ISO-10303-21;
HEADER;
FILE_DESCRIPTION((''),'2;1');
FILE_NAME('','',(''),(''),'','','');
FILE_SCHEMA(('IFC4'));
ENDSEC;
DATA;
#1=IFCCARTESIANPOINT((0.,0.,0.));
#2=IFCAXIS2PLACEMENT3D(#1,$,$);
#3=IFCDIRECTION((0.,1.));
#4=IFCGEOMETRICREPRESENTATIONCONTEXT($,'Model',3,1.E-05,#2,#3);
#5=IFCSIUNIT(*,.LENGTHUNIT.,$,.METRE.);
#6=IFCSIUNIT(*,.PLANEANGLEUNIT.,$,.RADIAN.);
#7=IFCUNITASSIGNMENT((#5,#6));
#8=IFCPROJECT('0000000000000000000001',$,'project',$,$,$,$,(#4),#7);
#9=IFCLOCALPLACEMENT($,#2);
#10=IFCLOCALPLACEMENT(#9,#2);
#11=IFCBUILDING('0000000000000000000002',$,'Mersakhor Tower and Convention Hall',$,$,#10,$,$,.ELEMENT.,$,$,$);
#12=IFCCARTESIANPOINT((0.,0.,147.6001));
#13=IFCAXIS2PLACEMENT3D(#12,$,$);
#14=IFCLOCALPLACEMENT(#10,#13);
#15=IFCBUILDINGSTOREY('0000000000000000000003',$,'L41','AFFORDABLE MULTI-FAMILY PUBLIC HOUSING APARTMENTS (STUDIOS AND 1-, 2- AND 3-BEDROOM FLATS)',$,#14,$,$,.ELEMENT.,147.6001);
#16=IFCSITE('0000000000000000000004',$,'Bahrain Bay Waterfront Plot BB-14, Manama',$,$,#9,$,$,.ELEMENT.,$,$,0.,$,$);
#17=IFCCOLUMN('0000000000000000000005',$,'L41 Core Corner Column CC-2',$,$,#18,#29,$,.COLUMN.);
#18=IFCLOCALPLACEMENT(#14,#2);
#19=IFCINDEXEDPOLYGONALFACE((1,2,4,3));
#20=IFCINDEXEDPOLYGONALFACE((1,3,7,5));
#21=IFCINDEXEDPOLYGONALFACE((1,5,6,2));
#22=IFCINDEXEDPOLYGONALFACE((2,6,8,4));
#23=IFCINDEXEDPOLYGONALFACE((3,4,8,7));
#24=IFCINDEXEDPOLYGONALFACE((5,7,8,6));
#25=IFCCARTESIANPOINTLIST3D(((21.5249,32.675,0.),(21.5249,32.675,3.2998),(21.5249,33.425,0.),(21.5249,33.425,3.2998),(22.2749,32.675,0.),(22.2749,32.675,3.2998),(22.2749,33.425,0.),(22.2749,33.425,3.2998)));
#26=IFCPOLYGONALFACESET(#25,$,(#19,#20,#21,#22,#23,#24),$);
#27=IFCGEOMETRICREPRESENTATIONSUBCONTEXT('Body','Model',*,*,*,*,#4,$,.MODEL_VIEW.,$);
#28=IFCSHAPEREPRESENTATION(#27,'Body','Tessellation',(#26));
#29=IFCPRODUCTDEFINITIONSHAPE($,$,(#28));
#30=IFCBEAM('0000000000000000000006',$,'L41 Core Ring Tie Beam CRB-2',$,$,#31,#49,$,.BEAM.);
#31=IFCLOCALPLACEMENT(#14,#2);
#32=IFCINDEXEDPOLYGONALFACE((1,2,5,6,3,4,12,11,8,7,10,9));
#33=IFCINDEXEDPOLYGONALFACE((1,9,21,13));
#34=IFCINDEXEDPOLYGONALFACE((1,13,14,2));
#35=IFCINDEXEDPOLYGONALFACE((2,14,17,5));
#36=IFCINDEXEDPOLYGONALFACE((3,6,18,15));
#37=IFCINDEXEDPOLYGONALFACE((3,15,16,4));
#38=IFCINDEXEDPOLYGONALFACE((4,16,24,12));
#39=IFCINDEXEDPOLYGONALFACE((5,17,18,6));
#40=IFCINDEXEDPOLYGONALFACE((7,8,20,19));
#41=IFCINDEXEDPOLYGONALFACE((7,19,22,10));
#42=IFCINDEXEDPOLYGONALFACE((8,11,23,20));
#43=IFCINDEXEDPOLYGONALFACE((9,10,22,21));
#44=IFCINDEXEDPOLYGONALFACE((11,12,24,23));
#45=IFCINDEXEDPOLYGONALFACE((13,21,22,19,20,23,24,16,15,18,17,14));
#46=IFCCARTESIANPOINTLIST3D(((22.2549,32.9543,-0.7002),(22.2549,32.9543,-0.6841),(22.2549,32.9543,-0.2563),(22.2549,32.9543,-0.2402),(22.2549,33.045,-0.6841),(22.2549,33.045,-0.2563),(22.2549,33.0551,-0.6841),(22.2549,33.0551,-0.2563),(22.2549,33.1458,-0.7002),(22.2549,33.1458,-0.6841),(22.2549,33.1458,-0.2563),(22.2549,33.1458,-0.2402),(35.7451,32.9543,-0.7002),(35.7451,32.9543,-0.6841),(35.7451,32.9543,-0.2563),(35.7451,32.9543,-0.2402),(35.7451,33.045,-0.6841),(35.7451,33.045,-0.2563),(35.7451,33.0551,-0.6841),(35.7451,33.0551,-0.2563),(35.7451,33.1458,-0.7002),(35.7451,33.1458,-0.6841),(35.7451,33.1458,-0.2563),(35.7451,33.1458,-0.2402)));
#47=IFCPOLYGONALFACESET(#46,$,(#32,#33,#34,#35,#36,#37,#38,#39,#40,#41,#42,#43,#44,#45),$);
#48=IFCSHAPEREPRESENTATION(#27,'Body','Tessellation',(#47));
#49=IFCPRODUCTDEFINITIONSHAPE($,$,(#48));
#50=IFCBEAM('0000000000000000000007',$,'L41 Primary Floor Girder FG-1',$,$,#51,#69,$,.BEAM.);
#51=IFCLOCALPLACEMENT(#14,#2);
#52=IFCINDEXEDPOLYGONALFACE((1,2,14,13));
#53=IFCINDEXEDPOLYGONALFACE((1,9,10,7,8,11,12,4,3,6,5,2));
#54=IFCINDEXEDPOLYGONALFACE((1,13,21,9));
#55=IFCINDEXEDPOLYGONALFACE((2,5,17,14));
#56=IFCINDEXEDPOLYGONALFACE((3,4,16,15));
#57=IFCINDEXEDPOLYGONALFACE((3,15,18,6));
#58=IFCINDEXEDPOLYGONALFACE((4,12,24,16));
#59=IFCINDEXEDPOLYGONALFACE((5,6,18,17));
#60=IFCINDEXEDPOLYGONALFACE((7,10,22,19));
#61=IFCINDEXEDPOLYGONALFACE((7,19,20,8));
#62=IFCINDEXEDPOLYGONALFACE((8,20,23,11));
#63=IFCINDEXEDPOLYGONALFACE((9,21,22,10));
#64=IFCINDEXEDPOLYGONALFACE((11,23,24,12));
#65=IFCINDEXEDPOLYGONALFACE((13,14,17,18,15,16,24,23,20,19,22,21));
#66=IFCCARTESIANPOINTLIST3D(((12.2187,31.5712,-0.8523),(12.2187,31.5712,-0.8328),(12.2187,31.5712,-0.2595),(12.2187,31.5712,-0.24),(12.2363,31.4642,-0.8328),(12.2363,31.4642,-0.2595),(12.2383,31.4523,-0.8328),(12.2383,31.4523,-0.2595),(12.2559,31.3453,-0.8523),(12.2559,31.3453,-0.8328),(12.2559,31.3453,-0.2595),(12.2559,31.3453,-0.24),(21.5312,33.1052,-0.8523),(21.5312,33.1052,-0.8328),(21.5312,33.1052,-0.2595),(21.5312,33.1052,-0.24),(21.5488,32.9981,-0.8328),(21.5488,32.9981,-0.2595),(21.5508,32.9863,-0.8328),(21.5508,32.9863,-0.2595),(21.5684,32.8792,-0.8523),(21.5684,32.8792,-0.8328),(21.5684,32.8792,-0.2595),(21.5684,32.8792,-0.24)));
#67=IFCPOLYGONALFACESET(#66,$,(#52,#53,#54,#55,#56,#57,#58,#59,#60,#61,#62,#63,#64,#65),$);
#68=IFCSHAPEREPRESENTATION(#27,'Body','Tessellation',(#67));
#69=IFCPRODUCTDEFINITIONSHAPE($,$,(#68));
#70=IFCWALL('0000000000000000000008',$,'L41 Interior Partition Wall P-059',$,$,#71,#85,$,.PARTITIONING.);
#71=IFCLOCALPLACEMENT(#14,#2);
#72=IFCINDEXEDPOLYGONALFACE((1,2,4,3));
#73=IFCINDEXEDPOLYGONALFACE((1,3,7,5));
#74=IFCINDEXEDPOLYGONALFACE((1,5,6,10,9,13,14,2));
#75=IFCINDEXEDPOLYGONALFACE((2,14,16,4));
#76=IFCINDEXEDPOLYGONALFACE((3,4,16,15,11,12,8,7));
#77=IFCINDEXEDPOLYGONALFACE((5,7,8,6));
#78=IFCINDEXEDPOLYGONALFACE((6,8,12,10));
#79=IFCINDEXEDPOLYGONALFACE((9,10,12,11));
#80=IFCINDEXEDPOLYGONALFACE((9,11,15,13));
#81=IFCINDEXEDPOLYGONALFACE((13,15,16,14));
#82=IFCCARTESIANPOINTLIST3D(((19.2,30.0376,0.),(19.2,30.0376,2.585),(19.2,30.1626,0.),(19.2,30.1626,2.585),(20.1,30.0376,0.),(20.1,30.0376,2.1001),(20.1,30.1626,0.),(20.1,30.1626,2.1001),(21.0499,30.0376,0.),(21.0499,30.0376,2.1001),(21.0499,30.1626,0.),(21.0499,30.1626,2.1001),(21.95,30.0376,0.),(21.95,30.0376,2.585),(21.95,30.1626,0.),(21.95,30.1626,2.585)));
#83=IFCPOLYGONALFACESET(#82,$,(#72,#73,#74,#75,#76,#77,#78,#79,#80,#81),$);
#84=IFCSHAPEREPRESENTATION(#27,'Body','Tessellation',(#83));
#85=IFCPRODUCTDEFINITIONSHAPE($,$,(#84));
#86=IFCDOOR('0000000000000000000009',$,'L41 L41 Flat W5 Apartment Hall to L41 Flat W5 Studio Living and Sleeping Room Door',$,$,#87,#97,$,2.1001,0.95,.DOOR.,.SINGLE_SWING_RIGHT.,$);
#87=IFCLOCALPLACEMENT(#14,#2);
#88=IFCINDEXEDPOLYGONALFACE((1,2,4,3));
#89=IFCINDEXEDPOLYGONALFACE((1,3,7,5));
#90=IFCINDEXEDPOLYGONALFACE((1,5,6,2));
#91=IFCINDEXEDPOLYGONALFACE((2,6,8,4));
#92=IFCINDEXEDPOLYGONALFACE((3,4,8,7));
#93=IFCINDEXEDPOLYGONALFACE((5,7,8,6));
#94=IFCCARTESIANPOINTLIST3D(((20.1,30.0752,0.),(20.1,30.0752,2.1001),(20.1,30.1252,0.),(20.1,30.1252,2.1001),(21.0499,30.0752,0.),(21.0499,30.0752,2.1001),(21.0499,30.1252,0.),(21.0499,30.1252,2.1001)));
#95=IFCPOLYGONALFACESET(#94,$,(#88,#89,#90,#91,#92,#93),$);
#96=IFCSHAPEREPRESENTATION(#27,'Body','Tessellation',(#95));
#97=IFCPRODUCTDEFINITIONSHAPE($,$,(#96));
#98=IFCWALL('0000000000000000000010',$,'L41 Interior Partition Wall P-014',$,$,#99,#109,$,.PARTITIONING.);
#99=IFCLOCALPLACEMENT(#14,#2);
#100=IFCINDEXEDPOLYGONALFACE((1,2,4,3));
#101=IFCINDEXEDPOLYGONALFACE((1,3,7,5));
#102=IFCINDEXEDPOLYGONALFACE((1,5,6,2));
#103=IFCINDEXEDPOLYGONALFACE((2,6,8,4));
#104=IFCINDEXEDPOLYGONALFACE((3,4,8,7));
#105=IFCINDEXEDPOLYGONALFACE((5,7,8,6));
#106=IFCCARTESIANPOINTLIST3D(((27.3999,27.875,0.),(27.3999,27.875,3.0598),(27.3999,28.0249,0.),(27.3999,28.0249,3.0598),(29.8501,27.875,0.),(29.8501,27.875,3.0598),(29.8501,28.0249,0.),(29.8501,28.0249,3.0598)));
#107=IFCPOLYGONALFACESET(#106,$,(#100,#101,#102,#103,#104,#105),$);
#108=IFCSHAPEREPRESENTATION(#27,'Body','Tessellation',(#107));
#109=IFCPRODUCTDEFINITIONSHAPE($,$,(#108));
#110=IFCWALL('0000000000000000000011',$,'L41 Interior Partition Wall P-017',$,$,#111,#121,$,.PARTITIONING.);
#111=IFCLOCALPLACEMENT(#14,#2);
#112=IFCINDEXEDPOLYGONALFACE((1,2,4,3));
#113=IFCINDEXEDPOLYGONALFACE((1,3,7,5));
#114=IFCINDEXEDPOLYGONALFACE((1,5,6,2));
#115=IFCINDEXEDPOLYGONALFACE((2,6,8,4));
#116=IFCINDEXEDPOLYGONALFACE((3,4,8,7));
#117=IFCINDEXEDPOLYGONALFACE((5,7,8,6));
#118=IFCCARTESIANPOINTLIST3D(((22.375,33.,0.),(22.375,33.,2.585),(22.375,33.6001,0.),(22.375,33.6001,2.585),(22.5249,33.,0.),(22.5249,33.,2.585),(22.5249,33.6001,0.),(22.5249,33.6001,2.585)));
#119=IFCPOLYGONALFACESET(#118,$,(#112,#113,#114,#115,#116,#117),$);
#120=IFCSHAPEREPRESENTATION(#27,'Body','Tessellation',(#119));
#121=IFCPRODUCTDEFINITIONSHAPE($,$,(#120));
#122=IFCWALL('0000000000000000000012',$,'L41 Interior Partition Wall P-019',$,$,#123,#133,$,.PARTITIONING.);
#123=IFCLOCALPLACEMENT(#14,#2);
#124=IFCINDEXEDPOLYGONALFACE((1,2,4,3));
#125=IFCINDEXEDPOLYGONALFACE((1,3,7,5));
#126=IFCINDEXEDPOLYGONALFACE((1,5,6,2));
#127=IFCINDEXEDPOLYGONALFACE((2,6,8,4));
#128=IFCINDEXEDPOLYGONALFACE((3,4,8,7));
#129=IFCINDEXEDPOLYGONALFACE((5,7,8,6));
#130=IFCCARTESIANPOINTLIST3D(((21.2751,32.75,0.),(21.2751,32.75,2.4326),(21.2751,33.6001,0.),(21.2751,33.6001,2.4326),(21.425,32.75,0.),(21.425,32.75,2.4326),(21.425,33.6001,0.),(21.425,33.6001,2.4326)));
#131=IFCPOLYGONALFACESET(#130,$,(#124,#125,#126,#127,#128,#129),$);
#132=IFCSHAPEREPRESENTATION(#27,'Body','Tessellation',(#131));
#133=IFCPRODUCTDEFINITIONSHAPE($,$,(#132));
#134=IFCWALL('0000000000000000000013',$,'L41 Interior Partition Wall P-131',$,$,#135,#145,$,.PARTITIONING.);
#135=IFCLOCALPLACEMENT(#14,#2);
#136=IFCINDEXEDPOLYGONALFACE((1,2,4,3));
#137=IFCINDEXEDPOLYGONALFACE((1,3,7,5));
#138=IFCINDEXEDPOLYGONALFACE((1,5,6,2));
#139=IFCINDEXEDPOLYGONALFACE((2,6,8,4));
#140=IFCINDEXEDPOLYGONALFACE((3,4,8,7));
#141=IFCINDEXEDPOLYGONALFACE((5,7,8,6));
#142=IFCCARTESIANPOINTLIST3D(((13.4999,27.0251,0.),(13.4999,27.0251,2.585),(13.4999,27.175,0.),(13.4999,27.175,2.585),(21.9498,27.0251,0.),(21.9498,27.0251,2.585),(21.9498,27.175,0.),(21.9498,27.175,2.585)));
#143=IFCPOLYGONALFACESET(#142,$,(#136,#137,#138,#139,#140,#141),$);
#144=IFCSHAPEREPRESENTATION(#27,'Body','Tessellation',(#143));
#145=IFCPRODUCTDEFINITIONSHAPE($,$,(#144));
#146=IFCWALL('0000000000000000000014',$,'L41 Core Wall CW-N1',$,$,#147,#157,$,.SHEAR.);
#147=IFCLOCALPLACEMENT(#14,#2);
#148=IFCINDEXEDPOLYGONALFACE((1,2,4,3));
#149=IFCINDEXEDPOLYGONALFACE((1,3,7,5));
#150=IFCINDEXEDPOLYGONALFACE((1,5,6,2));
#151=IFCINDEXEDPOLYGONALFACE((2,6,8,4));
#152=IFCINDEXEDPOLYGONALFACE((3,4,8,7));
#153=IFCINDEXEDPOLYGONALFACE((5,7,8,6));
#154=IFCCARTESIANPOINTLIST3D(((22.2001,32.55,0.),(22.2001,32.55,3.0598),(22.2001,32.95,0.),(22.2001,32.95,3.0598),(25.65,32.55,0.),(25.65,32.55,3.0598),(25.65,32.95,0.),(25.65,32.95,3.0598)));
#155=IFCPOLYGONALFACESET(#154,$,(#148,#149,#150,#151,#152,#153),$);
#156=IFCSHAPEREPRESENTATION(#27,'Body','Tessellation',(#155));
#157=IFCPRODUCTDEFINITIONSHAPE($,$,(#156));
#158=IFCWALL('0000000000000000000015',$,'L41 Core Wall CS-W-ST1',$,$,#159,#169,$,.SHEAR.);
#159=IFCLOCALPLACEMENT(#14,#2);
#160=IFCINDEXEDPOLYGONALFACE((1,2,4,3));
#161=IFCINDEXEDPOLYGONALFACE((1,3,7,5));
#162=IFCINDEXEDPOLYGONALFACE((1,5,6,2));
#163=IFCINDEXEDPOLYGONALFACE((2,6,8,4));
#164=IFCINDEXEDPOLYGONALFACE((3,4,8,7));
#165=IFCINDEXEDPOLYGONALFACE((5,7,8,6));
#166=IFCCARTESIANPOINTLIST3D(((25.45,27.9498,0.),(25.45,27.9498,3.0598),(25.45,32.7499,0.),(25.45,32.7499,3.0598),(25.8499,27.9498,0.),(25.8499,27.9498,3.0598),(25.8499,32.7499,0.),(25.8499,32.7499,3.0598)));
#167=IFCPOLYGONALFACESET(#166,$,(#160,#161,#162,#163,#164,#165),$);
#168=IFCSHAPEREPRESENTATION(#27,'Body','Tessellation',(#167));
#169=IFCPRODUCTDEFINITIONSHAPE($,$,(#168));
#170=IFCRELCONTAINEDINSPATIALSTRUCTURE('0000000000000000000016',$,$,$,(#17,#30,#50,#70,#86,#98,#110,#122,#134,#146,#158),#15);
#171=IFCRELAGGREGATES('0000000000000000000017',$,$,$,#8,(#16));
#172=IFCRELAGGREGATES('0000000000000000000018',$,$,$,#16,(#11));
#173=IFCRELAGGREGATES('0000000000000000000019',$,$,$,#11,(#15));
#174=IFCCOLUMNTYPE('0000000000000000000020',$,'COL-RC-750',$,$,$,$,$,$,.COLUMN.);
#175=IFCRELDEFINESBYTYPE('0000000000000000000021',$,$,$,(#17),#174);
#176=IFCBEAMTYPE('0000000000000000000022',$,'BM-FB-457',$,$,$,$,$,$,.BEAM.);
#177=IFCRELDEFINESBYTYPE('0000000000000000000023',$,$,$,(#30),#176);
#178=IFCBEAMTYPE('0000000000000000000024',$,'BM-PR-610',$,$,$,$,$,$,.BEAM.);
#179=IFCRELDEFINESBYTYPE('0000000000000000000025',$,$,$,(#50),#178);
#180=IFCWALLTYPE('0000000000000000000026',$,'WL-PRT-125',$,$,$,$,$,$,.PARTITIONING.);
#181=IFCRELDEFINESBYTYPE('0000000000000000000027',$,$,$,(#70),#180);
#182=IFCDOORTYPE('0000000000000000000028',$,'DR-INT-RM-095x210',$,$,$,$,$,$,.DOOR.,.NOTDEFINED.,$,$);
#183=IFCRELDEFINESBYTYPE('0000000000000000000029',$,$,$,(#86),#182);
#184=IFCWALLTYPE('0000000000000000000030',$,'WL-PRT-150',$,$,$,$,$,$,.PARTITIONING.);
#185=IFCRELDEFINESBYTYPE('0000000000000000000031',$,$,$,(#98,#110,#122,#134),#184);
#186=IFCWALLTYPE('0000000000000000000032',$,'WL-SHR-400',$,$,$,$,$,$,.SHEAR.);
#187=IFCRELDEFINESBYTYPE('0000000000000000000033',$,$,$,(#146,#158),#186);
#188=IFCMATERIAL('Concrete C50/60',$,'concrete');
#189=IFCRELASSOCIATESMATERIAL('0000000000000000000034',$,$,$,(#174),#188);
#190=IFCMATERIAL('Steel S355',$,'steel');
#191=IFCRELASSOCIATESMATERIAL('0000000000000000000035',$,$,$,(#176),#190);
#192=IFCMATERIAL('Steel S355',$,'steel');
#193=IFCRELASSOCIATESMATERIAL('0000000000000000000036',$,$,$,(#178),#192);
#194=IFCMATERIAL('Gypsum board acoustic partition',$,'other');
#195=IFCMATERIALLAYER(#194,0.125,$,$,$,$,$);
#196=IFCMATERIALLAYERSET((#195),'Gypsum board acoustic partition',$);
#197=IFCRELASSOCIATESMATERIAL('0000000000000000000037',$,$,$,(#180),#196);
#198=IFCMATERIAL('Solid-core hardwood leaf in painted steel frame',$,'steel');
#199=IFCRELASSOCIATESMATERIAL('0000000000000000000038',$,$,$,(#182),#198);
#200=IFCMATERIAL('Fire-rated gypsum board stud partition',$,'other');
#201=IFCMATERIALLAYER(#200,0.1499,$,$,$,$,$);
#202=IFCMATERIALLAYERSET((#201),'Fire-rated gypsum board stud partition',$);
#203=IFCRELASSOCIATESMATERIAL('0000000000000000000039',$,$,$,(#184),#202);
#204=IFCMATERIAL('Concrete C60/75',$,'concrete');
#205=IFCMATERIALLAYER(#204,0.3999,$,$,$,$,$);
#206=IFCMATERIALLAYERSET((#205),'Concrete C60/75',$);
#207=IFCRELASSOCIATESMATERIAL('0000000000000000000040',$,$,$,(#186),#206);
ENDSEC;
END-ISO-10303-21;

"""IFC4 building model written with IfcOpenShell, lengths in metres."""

from ifc_helpers import new_model, si_unit, direction, frame, frame_2d, origin, origin_2d, place, context, subcontext, project, spatial, rectangle, i_section, extrude, material, layer, layer_set, material_profile, profile_set, type_object, element, fill, save


model = new_model("IFC4")

# Units and contexts
model_context = context("Model", 3, precision=1e-05, world=origin(), true_north=direction((0.0, 1.0)))
body_context = subcontext(model_context, "Body", "Model", "MODEL_VIEW")
ifc_project = project(units=[si_unit("LENGTHUNIT", "METRE"), si_unit("PLANEANGLEUNIT", "RADIAN")], contexts=[model_context])

# Site, building, storey
site_placement = place(None, origin())
site = spatial("IfcSite", under=ifc_project, at=site_placement, Name="Bahrain Bay Waterfront Plot BB-14, Manama", CompositionType="ELEMENT", RefElevation=0.0)
building_placement = place(site_placement, origin())
building = spatial("IfcBuilding", under=site, at=building_placement, Name="Mersakhor Tower and Convention Hall", CompositionType="ELEMENT")
storey_placement = place(building_placement, frame((0.0, 0.0, 147.6001)))
storey = spatial("IfcBuildingStorey", under=building, at=storey_placement, Name="L41", Description="AFFORDABLE MULTI-FAMILY PUBLIC HOUSING APARTMENTS (STUDIOS AND 1-, 2- AND 3-BEDROOM FLATS)", CompositionType="ELEMENT", Elevation=147.6001)

# Column
ifc_material_1 = material(Name="Concrete C50/60", Category="concrete")
ifc_material_profile_1 = material_profile(ifc_material_1, rectangle(XDim=0.75, YDim=0.75, at=origin_2d()), Name="RC 750x750")
ifc_profile_set_1 = profile_set([ifc_material_profile_1], Name="Concrete C50/60")
column_type = type_object("IfcColumnType", Name="COL-RC-750", PredefinedType="COLUMN", material=ifc_profile_set_1)
column_placement = place(storey_placement, frame((21.8999, 33.05, 0.0), z_axis=(0.0, 0.0, 1.0), x_axis=(1.0, 0.0, 0.0)))
element("IfcColumn", 1, at=column_placement, inside=storey, type_object=column_type, Name="L41 Core Corner Column CC-2", PredefinedType="COLUMN", context=body_context, shape_type="SweptSolid", body=[
    extrude(rectangle(XDim=0.75, YDim=0.75, at=origin_2d()), origin(), (0.0, 0.0, 1.0), 3.2998),
])

# Beams
ifc_material_2 = material(Name="Steel S355", Category="steel")
ifc_material_profile_2 = material_profile(ifc_material_2, i_section(OverallWidth=0.1914, OverallDepth=0.46, WebThickness=0.01, FlangeThickness=0.0161, at=origin_2d()), Name="UB 457x191x82")
ifc_profile_set_2 = profile_set([ifc_material_profile_2], Name="Steel S355")
beam_type_1 = type_object("IfcBeamType", Name="BM-FB-457", PredefinedType="BEAM", material=ifc_profile_set_2)
beam_1_placement = place(storey_placement, frame((22.2549, 33.05, -0.4702), z_axis=(1.0, 0.0, 0.0), x_axis=(0.0, 1.0, 0.0)))
element("IfcBeam", 2, at=beam_1_placement, inside=storey, type_object=beam_type_1, Name="L41 Core Ring Tie Beam CRB-2", PredefinedType="BEAM", context=body_context, shape_type="SweptSolid", body=[
    extrude(i_section(OverallWidth=0.1914, OverallDepth=0.46, WebThickness=0.01, FlangeThickness=0.0161, at=origin_2d()), origin(), (0.0, 0.0, 1.0), 13.4902),
])
ifc_material_3 = material(Name="Steel S355", Category="steel")
ifc_material_profile_3 = material_profile(ifc_material_3, i_section(OverallWidth=0.229, OverallDepth=0.6123, WebThickness=0.012, FlangeThickness=0.0195, at=origin_2d()), Name="UB 610x229x125")
ifc_profile_set_3 = profile_set([ifc_material_profile_3], Name="Steel S355")
beam_type_2 = type_object("IfcBeamType", Name="BM-PR-610", PredefinedType="BEAM", material=ifc_profile_set_3)
beam_2_placement = place(storey_placement, frame((21.5498, 32.9922, -0.5461), z_axis=(-0.986704, -0.162528, 0.0), x_axis=(0.162528, -0.986704, 0.0)))
element("IfcBeam", 3, at=beam_2_placement, inside=storey, type_object=beam_type_2, Name="L41 Primary Floor Girder FG-1", PredefinedType="BEAM", context=body_context, shape_type="SweptSolid", body=[
    extrude(i_section(OverallWidth=0.229, OverallDepth=0.6123, WebThickness=0.012, FlangeThickness=0.0195, at=origin_2d()), origin(), (0.0, 0.0, 1.0), 9.438),
])

# Wall, opening, door
ifc_material_4 = material(Name="Gypsum board acoustic partition", Category="other")
ifc_layer_1 = layer(ifc_material_4, 0.125)
ifc_layer_set_1 = layer_set([ifc_layer_1], Name="Gypsum board acoustic partition")
wall_type_1 = type_object("IfcWallType", Name="WL-PRT-125", PredefinedType="PARTITIONING", material=ifc_layer_set_1)
wall_1_placement = place(storey_placement, frame((21.95, 30.1001, 0.0), z_axis=(0.0, 0.0, 1.0), x_axis=(-1.0, 0.0, 0.0)))
wall_1 = element("IfcWall", 4, at=wall_1_placement, inside=storey, type_object=wall_type_1, Name="L41 Interior Partition Wall P-059", PredefinedType="PARTITIONING", context=body_context, shape_type="SweptSolid", body=[
    extrude(rectangle(XDim=2.75, YDim=0.125, at=frame_2d((1.375, 0.0))), origin(), (0.0, 0.0, 1.0), 2.585),
])
opening_1_placement = place(wall_1_placement, frame((0.8999, 0.0, 0.0)))
opening_1 = element("IfcOpeningElement", 5, at=opening_1_placement, cuts=wall_1, PredefinedType="OPENING", context=body_context, shape_type="SweptSolid", body=[
    extrude(rectangle(XDim=0.95, YDim=2.1001, at=frame_2d((0.4751, 1.05))), frame((0.0, 0.0725, 0.0), z_axis=(0.0, -1.0, 0.0), x_axis=(1.0, 0.0, 0.0)), (0.0, 0.0, 1.0), 0.145),
])
ifc_material_5 = material(Name="Solid-core hardwood leaf in painted steel frame", Category="steel")
door_type_1 = type_object("IfcDoorType", Name="DR-INT-RM-095x210", OperationType="NOTDEFINED", PredefinedType="DOOR", material=ifc_material_5)
door_1_placement = place(opening_1_placement, origin())
door_1 = element("IfcDoor", 6, at=door_1_placement, inside=storey, type_object=door_type_1, Name="L41 L41 Flat W5 Apartment Hall to L41 Flat W5 Studio Living and Sleeping Room Door", OperationType="SINGLE_SWING_RIGHT", OverallHeight=2.1001, OverallWidth=0.95, PredefinedType="DOOR", context=body_context, shape_type="SweptSolid", body=[
    extrude(rectangle(XDim=0.95, YDim=2.1001, at=frame_2d((0.4751, 1.05))), frame((0.0, 0.0249, 0.0), z_axis=(0.0, -1.0, 0.0), x_axis=(1.0, 0.0, 0.0)), (0.0, 0.0, 1.0), 0.05),
])
fill(opening_1, door_1)
ifc_material_6 = material(Name="Fire-rated gypsum board stud partition", Category="other")
ifc_layer_2 = layer(ifc_material_6, 0.1499)
ifc_layer_set_2 = layer_set([ifc_layer_2], Name="Fire-rated gypsum board stud partition")
wall_type_2 = type_object("IfcWallType", Name="WL-PRT-150", PredefinedType="PARTITIONING", material=ifc_layer_set_2)

# Walls
wall_2_placement = place(storey_placement, frame((27.3999, 27.95, 0.0), z_axis=(0.0, 0.0, 1.0), x_axis=(1.0, 0.0, 0.0)))
element("IfcWall", 7, at=wall_2_placement, inside=storey, type_object=wall_type_2, Name="L41 Interior Partition Wall P-014", PredefinedType="PARTITIONING", context=body_context, shape_type="SweptSolid", body=[
    extrude(rectangle(XDim=2.4502, YDim=0.1499, at=frame_2d((1.2251, 0.0))), origin(), (0.0, 0.0, 1.0), 3.0598),
])
wall_3_placement = place(storey_placement, frame((22.45, 33.0, 0.0), z_axis=(0.0, 0.0, 1.0), x_axis=(0.0, 1.0, 0.0)))
element("IfcWall", 8, at=wall_3_placement, inside=storey, type_object=wall_type_2, Name="L41 Interior Partition Wall P-017", PredefinedType="PARTITIONING", context=body_context, shape_type="SweptSolid", body=[
    extrude(rectangle(XDim=0.6001, YDim=0.1499, at=frame_2d((0.3, 0.0))), origin(), (0.0, 0.0, 1.0), 2.585),
])
wall_4_placement = place(storey_placement, frame((21.3501, 33.6001, 0.0), z_axis=(0.0, 0.0, 1.0), x_axis=(0.0, -1.0, 0.0)))
element("IfcWall", 9, at=wall_4_placement, inside=storey, type_object=wall_type_2, Name="L41 Interior Partition Wall P-019", PredefinedType="PARTITIONING", context=body_context, shape_type="SweptSolid", body=[
    extrude(rectangle(XDim=0.8501, YDim=0.1499, at=frame_2d((0.425, 0.0))), origin(), (0.0, 0.0, 1.0), 2.4326),
])
wall_5_placement = place(storey_placement, frame((21.95, 27.1001, 0.0), z_axis=(0.0, 0.0, 1.0), x_axis=(-1.0, 0.0, 0.0)))
element("IfcWall", 10, at=wall_5_placement, inside=storey, type_object=wall_type_2, Name="L41 Interior Partition Wall P-131", PredefinedType="PARTITIONING", context=body_context, shape_type="SweptSolid", body=[
    extrude(rectangle(XDim=8.45, YDim=0.1499, at=frame_2d((4.2251, 0.0))), origin(), (0.0, 0.0, 1.0), 2.585),
])
ifc_material_7 = material(Name="Concrete C60/75", Category="concrete")
ifc_layer_3 = layer(ifc_material_7, 0.3999)
ifc_layer_set_3 = layer_set([ifc_layer_3], Name="Concrete C60/75")
wall_type_3 = type_object("IfcWallType", Name="WL-SHR-400", PredefinedType="SHEAR", material=ifc_layer_set_3)
wall_6_placement = place(storey_placement, frame((22.2, 32.75, 0.0), z_axis=(0.0, 0.0, 1.0), x_axis=(1.0, 0.0, 0.0)))
element("IfcWall", 11, at=wall_6_placement, inside=storey, type_object=wall_type_3, Name="L41 Core Wall CW-N1", PredefinedType="SHEAR", context=body_context, shape_type="SweptSolid", body=[
    extrude(rectangle(XDim=3.45, YDim=0.3999, at=frame_2d((1.7251, 0.0))), origin(), (0.0, 0.0, 1.0), 3.0598),
])

# Wall
wall_7_placement = place(storey_placement, frame((25.6499, 27.95, 0.0), z_axis=(0.0, 0.0, 1.0), x_axis=(0.0, 1.0, 0.0)))
element("IfcWall", 12, at=wall_7_placement, inside=storey, type_object=wall_type_3, Name="L41 Core Wall CS-W-ST1", PredefinedType="SHEAR", context=body_context, shape_type="SweptSolid", body=[
    extrude(rectangle(XDim=4.8, YDim=0.3999, at=frame_2d((2.3999, 0.0))), origin(), (0.0, 0.0, 1.0), 3.0598),
])

save(model, "model.ifc")
